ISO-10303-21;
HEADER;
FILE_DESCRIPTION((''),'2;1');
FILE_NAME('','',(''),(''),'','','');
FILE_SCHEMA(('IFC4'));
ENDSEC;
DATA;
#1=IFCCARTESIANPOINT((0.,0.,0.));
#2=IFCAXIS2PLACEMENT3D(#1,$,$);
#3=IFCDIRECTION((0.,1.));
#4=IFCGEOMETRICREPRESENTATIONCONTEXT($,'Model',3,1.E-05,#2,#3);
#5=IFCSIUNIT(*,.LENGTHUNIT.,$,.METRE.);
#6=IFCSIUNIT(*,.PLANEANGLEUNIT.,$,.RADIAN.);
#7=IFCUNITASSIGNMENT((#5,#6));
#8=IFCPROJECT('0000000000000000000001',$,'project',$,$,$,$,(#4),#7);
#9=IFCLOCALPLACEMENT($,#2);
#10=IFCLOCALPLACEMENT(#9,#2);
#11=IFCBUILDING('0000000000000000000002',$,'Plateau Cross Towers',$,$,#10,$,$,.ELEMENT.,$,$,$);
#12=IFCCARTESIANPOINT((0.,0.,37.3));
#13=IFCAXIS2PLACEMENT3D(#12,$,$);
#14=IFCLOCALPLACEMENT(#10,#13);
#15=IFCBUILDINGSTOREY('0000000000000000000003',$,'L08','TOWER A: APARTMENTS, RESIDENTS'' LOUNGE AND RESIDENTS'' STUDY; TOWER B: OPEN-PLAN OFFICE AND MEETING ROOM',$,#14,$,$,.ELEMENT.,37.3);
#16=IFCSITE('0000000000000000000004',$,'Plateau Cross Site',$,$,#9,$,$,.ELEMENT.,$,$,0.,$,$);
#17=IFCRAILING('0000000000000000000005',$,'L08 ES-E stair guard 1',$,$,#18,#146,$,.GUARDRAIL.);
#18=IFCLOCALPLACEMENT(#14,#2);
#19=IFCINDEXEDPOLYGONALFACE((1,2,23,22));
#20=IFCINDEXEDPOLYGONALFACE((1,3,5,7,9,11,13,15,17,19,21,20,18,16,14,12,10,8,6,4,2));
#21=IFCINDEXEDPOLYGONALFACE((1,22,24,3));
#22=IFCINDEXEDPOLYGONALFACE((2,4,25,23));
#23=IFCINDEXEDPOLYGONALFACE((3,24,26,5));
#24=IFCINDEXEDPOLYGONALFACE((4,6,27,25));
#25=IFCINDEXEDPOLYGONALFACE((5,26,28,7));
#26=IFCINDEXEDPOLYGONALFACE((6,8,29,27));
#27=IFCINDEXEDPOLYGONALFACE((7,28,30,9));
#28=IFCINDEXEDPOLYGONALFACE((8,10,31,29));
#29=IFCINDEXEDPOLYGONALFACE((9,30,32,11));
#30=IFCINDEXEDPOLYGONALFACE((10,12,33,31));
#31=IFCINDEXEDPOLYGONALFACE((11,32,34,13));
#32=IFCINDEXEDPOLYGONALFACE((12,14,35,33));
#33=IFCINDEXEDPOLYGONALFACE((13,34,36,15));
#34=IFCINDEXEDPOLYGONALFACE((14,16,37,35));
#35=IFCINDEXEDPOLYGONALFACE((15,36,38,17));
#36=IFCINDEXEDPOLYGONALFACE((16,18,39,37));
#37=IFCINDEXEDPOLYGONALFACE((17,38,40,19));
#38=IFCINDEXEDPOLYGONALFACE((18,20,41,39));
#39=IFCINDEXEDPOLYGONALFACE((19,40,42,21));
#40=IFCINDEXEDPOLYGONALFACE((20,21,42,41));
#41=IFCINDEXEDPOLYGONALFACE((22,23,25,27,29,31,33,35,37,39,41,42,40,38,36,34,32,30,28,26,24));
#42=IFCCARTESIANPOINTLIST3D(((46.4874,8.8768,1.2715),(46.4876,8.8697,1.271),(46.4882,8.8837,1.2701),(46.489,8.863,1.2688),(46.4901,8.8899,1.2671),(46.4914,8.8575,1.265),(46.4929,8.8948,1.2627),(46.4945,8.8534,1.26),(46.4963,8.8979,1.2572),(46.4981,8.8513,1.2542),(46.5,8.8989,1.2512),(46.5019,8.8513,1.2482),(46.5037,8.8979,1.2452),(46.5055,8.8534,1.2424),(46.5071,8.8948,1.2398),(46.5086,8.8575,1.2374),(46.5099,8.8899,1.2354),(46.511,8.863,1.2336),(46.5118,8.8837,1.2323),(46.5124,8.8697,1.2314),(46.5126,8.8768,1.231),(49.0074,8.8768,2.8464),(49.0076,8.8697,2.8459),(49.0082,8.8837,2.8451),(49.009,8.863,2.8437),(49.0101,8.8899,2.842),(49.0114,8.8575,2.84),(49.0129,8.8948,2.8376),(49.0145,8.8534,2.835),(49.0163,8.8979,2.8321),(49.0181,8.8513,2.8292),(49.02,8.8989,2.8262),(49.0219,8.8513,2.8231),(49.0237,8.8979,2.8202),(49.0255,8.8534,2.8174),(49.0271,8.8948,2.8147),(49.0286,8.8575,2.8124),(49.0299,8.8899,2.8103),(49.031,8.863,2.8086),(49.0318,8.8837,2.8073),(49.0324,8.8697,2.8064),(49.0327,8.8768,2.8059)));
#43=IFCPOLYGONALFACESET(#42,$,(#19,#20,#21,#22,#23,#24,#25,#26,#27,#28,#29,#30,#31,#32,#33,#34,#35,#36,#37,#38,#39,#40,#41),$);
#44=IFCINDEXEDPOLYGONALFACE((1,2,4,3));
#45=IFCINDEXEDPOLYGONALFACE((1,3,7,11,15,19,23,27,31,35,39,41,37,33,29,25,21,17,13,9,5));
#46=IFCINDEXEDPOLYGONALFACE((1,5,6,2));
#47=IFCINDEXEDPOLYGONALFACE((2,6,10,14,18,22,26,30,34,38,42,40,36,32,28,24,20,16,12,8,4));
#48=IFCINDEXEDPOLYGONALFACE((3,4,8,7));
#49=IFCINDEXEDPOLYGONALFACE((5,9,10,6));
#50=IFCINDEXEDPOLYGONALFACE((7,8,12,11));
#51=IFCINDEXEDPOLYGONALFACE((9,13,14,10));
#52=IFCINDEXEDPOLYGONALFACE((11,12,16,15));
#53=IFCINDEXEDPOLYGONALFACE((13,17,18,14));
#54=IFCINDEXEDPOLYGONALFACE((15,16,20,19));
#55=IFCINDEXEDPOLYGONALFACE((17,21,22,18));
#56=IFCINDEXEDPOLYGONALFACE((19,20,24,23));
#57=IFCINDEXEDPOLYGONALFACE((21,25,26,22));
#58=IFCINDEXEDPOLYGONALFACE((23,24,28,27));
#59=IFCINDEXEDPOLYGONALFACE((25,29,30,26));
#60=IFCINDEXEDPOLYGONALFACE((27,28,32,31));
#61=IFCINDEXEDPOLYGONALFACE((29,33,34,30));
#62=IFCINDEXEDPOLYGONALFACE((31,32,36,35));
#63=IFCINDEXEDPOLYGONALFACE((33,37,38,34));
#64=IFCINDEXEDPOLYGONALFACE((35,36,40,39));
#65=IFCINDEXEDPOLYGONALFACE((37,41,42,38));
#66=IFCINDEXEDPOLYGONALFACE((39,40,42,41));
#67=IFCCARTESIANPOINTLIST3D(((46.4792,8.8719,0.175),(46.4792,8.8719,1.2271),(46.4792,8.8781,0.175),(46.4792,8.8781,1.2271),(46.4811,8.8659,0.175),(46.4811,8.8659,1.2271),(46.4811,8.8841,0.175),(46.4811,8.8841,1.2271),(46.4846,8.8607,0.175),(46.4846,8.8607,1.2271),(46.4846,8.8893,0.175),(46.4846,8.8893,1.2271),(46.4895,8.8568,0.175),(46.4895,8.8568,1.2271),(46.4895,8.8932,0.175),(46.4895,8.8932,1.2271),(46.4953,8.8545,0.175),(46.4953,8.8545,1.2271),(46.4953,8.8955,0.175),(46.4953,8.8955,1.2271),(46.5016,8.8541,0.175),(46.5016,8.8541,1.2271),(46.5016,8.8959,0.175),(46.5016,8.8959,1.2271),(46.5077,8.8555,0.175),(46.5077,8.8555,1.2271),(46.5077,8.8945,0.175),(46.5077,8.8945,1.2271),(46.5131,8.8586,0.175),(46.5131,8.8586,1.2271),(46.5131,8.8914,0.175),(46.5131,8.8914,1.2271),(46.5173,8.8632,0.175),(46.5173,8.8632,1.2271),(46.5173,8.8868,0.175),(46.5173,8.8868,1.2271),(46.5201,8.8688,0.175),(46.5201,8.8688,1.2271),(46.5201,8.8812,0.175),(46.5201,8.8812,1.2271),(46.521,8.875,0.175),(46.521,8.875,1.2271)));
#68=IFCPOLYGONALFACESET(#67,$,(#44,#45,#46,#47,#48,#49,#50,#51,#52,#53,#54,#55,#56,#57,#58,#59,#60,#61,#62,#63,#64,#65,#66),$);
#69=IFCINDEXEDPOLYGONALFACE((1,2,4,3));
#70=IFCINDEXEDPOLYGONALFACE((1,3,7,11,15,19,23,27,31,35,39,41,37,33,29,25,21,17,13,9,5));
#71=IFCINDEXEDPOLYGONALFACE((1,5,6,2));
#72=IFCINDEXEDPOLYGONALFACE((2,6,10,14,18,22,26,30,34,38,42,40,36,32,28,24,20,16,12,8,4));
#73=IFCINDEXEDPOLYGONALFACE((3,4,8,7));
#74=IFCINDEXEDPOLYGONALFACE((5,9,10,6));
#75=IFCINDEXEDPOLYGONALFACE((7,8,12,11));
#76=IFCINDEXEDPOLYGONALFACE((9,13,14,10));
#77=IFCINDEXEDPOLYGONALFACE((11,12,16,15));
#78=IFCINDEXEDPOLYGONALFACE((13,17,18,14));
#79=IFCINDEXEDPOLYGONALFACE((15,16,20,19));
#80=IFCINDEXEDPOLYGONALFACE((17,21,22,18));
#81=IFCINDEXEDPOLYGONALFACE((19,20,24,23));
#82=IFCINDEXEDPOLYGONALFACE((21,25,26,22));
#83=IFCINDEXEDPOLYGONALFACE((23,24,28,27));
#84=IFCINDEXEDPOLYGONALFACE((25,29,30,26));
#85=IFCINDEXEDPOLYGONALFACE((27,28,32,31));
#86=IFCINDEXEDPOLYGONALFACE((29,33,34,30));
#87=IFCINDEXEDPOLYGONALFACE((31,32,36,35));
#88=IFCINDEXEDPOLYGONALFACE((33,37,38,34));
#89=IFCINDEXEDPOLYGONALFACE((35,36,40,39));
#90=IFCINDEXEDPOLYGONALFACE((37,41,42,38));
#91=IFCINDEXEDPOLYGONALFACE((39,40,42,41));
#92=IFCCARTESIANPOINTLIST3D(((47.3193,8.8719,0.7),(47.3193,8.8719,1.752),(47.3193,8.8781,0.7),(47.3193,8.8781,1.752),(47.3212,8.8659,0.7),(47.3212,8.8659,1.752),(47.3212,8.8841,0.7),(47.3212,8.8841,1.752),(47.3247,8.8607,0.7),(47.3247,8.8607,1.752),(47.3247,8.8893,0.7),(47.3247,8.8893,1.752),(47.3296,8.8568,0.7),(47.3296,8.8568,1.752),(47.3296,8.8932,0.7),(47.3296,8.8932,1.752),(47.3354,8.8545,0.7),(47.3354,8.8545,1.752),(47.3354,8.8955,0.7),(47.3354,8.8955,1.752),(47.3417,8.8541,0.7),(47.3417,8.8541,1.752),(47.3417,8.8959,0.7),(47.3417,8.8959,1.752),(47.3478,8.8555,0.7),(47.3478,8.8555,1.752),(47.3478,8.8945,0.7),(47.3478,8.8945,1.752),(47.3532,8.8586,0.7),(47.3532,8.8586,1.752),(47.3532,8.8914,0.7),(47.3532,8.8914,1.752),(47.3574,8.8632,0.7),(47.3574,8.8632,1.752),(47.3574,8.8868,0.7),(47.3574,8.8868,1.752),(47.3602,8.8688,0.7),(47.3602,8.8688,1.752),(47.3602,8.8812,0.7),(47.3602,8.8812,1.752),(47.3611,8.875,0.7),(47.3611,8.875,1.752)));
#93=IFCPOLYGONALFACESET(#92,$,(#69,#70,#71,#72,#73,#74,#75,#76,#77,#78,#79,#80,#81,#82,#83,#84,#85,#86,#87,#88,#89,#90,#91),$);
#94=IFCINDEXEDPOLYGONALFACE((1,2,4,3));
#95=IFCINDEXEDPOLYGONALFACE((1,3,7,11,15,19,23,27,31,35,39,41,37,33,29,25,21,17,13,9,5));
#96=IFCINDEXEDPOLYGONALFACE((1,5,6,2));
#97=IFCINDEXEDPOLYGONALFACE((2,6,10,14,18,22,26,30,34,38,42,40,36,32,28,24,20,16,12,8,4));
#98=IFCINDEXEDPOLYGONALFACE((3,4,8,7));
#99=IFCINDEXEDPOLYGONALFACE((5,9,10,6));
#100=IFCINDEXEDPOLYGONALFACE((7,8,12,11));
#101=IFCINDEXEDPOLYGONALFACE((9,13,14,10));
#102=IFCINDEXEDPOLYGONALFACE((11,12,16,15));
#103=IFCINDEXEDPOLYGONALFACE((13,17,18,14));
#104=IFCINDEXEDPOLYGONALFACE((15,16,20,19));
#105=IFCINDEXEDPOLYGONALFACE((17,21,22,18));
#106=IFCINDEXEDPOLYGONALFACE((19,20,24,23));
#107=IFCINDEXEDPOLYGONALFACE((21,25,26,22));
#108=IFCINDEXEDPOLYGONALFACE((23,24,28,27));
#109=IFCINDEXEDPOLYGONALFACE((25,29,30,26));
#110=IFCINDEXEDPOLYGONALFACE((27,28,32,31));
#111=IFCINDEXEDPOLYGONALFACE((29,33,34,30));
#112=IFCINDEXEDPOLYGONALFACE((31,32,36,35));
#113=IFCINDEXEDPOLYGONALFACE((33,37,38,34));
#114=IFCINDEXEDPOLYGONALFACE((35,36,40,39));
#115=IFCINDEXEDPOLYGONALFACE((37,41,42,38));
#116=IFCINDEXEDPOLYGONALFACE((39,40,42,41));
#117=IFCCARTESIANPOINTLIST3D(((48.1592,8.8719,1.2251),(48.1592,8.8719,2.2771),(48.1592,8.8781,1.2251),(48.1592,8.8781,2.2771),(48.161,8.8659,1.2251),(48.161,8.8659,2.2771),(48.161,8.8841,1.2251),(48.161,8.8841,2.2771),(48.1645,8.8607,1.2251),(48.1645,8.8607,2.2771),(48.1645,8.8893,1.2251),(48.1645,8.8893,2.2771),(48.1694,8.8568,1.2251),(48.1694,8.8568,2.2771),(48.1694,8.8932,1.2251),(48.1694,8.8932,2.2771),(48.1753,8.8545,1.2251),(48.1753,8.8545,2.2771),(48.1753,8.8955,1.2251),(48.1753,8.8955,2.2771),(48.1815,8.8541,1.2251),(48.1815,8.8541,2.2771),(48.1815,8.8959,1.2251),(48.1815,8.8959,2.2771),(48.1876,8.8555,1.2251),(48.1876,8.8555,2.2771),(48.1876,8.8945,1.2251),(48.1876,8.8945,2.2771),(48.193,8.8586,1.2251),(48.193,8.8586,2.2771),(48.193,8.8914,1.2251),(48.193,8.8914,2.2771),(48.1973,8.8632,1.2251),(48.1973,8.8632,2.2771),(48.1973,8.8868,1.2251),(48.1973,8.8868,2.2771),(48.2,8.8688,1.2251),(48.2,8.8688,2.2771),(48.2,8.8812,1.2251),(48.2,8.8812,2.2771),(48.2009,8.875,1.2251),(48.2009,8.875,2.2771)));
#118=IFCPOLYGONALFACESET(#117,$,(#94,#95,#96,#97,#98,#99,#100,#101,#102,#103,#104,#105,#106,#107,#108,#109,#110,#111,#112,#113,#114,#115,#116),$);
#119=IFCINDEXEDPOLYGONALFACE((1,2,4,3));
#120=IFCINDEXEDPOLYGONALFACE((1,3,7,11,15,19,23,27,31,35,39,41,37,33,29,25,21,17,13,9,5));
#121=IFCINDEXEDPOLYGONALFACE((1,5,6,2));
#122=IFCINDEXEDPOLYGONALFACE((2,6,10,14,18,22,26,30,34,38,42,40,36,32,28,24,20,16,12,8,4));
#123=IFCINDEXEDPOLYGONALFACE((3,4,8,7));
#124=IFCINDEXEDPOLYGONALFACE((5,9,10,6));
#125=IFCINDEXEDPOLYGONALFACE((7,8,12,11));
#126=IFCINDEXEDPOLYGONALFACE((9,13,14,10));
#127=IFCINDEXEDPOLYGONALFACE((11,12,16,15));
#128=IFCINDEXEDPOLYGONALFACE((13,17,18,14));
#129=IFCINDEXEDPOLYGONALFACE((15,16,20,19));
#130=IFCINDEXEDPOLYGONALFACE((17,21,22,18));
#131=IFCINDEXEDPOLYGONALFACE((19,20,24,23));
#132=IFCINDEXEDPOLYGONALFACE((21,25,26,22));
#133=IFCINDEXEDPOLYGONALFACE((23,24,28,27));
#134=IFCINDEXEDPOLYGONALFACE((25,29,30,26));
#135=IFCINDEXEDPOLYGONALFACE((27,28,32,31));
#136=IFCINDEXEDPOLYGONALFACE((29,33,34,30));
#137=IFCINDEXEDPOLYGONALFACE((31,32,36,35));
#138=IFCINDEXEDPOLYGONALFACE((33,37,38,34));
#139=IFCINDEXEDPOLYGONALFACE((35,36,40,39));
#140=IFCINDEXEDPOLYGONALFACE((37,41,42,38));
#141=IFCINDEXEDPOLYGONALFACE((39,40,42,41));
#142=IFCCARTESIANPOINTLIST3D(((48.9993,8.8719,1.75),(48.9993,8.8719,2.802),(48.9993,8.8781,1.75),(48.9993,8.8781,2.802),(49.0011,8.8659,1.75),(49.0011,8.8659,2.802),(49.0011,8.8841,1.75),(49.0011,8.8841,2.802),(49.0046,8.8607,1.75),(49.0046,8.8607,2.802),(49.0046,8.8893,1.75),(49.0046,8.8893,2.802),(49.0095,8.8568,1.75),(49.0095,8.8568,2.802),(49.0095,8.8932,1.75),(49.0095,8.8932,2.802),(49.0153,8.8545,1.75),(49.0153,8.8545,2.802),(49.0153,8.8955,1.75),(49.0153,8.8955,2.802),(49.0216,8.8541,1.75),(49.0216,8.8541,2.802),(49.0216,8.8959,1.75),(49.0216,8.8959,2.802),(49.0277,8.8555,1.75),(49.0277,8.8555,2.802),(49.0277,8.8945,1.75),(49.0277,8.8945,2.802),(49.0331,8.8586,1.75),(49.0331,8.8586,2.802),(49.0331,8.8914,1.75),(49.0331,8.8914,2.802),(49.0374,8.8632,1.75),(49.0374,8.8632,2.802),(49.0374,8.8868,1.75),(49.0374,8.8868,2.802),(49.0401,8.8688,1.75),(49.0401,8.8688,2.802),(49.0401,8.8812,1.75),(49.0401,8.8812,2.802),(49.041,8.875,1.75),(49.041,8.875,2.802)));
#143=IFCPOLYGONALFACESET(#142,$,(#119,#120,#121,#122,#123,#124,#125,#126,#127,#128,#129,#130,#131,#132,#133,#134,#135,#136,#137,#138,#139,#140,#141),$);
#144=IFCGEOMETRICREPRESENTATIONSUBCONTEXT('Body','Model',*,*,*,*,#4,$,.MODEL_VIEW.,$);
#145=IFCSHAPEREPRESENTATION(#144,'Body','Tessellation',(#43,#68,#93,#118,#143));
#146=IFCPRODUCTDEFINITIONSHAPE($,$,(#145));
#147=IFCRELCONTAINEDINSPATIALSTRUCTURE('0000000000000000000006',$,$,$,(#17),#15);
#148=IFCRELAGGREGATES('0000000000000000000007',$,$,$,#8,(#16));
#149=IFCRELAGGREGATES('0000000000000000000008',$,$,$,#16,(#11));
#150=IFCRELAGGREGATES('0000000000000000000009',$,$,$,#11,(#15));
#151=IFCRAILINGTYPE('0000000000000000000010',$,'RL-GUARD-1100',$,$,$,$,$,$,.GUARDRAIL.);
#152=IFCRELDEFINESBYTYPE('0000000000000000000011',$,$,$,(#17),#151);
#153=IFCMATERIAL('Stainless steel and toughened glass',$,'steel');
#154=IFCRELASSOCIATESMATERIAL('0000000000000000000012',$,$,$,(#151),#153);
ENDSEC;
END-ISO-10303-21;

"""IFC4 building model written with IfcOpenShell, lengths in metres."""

from ifc_helpers import new_model, si_unit, direction, frame, origin, origin_2d, place, context, subcontext, project, spatial, circle, extrude, material, type_object, element, save


model = new_model("IFC4")

# Units and contexts
model_context = context("Model", 3, precision=1e-05, world=origin(), true_north=direction((0.0, 1.0)))
body_context = subcontext(model_context, "Body", "Model", "MODEL_VIEW")
ifc_project = project(units=[si_unit("LENGTHUNIT", "METRE"), si_unit("PLANEANGLEUNIT", "RADIAN")], contexts=[model_context])

# Site, building, storey
site_placement = place(None, origin())
site = spatial("IfcSite", under=ifc_project, at=site_placement, Name="Plateau Cross Site", CompositionType="ELEMENT", RefElevation=0.0)
building_placement = place(site_placement, origin())
building = spatial("IfcBuilding", under=site, at=building_placement, Name="Plateau Cross Towers", CompositionType="ELEMENT")
storey_placement = place(building_placement, frame((0.0, 0.0, 37.3)))
storey = spatial("IfcBuildingStorey", under=building, at=storey_placement, Name="L08", Description="TOWER A: APARTMENTS, RESIDENTS' LOUNGE AND RESIDENTS' STUDY; TOWER B: OPEN-PLAN OFFICE AND MEETING ROOM", CompositionType="ELEMENT", Elevation=37.3)

# Railing
ifc_material_1 = material(Name="Stainless steel and toughened glass", Category="steel")
railing_type_1 = type_object("IfcRailingType", Name="RL-GUARD-1100", PredefinedType="GUARDRAIL", material=ifc_material_1)
railing_1_placement = place(storey_placement, frame((46.5, 8.875, 0.175)))
element("IfcRailing", 1, at=railing_1_placement, inside=storey, type_object=railing_type_1, Name="L08 ES-E stair guard 1", PredefinedType="GUARDRAIL", context=body_context, shape_type="SweptSolid", body=[
    extrude(circle(Radius=0.0239, at=origin_2d()), frame((0.0, 0.0, 1.0762), z_axis=(0.848008, 0.0, 0.529984), x_axis=(0.0, 1.0, 0.0)), (0.0, 0.0, 1.0), 2.9717),
    extrude(circle(Radius=0.021, at=origin_2d()), origin(), (0.0, 0.0, 1.0), 1.052),
    extrude(circle(Radius=0.021, at=origin_2d()), frame((0.8401, 0.0, 0.5249)), (0.0, 0.0, 1.0), 1.052),
    extrude(circle(Radius=0.021, at=origin_2d()), frame((1.6799, 0.0, 1.05)), (0.0, 0.0, 1.0), 1.052),
    extrude(circle(Radius=0.021, at=origin_2d()), frame((2.52, 0.0, 1.575)), (0.0, 0.0, 1.0), 1.052),
])

save(model, "model.ifc")
